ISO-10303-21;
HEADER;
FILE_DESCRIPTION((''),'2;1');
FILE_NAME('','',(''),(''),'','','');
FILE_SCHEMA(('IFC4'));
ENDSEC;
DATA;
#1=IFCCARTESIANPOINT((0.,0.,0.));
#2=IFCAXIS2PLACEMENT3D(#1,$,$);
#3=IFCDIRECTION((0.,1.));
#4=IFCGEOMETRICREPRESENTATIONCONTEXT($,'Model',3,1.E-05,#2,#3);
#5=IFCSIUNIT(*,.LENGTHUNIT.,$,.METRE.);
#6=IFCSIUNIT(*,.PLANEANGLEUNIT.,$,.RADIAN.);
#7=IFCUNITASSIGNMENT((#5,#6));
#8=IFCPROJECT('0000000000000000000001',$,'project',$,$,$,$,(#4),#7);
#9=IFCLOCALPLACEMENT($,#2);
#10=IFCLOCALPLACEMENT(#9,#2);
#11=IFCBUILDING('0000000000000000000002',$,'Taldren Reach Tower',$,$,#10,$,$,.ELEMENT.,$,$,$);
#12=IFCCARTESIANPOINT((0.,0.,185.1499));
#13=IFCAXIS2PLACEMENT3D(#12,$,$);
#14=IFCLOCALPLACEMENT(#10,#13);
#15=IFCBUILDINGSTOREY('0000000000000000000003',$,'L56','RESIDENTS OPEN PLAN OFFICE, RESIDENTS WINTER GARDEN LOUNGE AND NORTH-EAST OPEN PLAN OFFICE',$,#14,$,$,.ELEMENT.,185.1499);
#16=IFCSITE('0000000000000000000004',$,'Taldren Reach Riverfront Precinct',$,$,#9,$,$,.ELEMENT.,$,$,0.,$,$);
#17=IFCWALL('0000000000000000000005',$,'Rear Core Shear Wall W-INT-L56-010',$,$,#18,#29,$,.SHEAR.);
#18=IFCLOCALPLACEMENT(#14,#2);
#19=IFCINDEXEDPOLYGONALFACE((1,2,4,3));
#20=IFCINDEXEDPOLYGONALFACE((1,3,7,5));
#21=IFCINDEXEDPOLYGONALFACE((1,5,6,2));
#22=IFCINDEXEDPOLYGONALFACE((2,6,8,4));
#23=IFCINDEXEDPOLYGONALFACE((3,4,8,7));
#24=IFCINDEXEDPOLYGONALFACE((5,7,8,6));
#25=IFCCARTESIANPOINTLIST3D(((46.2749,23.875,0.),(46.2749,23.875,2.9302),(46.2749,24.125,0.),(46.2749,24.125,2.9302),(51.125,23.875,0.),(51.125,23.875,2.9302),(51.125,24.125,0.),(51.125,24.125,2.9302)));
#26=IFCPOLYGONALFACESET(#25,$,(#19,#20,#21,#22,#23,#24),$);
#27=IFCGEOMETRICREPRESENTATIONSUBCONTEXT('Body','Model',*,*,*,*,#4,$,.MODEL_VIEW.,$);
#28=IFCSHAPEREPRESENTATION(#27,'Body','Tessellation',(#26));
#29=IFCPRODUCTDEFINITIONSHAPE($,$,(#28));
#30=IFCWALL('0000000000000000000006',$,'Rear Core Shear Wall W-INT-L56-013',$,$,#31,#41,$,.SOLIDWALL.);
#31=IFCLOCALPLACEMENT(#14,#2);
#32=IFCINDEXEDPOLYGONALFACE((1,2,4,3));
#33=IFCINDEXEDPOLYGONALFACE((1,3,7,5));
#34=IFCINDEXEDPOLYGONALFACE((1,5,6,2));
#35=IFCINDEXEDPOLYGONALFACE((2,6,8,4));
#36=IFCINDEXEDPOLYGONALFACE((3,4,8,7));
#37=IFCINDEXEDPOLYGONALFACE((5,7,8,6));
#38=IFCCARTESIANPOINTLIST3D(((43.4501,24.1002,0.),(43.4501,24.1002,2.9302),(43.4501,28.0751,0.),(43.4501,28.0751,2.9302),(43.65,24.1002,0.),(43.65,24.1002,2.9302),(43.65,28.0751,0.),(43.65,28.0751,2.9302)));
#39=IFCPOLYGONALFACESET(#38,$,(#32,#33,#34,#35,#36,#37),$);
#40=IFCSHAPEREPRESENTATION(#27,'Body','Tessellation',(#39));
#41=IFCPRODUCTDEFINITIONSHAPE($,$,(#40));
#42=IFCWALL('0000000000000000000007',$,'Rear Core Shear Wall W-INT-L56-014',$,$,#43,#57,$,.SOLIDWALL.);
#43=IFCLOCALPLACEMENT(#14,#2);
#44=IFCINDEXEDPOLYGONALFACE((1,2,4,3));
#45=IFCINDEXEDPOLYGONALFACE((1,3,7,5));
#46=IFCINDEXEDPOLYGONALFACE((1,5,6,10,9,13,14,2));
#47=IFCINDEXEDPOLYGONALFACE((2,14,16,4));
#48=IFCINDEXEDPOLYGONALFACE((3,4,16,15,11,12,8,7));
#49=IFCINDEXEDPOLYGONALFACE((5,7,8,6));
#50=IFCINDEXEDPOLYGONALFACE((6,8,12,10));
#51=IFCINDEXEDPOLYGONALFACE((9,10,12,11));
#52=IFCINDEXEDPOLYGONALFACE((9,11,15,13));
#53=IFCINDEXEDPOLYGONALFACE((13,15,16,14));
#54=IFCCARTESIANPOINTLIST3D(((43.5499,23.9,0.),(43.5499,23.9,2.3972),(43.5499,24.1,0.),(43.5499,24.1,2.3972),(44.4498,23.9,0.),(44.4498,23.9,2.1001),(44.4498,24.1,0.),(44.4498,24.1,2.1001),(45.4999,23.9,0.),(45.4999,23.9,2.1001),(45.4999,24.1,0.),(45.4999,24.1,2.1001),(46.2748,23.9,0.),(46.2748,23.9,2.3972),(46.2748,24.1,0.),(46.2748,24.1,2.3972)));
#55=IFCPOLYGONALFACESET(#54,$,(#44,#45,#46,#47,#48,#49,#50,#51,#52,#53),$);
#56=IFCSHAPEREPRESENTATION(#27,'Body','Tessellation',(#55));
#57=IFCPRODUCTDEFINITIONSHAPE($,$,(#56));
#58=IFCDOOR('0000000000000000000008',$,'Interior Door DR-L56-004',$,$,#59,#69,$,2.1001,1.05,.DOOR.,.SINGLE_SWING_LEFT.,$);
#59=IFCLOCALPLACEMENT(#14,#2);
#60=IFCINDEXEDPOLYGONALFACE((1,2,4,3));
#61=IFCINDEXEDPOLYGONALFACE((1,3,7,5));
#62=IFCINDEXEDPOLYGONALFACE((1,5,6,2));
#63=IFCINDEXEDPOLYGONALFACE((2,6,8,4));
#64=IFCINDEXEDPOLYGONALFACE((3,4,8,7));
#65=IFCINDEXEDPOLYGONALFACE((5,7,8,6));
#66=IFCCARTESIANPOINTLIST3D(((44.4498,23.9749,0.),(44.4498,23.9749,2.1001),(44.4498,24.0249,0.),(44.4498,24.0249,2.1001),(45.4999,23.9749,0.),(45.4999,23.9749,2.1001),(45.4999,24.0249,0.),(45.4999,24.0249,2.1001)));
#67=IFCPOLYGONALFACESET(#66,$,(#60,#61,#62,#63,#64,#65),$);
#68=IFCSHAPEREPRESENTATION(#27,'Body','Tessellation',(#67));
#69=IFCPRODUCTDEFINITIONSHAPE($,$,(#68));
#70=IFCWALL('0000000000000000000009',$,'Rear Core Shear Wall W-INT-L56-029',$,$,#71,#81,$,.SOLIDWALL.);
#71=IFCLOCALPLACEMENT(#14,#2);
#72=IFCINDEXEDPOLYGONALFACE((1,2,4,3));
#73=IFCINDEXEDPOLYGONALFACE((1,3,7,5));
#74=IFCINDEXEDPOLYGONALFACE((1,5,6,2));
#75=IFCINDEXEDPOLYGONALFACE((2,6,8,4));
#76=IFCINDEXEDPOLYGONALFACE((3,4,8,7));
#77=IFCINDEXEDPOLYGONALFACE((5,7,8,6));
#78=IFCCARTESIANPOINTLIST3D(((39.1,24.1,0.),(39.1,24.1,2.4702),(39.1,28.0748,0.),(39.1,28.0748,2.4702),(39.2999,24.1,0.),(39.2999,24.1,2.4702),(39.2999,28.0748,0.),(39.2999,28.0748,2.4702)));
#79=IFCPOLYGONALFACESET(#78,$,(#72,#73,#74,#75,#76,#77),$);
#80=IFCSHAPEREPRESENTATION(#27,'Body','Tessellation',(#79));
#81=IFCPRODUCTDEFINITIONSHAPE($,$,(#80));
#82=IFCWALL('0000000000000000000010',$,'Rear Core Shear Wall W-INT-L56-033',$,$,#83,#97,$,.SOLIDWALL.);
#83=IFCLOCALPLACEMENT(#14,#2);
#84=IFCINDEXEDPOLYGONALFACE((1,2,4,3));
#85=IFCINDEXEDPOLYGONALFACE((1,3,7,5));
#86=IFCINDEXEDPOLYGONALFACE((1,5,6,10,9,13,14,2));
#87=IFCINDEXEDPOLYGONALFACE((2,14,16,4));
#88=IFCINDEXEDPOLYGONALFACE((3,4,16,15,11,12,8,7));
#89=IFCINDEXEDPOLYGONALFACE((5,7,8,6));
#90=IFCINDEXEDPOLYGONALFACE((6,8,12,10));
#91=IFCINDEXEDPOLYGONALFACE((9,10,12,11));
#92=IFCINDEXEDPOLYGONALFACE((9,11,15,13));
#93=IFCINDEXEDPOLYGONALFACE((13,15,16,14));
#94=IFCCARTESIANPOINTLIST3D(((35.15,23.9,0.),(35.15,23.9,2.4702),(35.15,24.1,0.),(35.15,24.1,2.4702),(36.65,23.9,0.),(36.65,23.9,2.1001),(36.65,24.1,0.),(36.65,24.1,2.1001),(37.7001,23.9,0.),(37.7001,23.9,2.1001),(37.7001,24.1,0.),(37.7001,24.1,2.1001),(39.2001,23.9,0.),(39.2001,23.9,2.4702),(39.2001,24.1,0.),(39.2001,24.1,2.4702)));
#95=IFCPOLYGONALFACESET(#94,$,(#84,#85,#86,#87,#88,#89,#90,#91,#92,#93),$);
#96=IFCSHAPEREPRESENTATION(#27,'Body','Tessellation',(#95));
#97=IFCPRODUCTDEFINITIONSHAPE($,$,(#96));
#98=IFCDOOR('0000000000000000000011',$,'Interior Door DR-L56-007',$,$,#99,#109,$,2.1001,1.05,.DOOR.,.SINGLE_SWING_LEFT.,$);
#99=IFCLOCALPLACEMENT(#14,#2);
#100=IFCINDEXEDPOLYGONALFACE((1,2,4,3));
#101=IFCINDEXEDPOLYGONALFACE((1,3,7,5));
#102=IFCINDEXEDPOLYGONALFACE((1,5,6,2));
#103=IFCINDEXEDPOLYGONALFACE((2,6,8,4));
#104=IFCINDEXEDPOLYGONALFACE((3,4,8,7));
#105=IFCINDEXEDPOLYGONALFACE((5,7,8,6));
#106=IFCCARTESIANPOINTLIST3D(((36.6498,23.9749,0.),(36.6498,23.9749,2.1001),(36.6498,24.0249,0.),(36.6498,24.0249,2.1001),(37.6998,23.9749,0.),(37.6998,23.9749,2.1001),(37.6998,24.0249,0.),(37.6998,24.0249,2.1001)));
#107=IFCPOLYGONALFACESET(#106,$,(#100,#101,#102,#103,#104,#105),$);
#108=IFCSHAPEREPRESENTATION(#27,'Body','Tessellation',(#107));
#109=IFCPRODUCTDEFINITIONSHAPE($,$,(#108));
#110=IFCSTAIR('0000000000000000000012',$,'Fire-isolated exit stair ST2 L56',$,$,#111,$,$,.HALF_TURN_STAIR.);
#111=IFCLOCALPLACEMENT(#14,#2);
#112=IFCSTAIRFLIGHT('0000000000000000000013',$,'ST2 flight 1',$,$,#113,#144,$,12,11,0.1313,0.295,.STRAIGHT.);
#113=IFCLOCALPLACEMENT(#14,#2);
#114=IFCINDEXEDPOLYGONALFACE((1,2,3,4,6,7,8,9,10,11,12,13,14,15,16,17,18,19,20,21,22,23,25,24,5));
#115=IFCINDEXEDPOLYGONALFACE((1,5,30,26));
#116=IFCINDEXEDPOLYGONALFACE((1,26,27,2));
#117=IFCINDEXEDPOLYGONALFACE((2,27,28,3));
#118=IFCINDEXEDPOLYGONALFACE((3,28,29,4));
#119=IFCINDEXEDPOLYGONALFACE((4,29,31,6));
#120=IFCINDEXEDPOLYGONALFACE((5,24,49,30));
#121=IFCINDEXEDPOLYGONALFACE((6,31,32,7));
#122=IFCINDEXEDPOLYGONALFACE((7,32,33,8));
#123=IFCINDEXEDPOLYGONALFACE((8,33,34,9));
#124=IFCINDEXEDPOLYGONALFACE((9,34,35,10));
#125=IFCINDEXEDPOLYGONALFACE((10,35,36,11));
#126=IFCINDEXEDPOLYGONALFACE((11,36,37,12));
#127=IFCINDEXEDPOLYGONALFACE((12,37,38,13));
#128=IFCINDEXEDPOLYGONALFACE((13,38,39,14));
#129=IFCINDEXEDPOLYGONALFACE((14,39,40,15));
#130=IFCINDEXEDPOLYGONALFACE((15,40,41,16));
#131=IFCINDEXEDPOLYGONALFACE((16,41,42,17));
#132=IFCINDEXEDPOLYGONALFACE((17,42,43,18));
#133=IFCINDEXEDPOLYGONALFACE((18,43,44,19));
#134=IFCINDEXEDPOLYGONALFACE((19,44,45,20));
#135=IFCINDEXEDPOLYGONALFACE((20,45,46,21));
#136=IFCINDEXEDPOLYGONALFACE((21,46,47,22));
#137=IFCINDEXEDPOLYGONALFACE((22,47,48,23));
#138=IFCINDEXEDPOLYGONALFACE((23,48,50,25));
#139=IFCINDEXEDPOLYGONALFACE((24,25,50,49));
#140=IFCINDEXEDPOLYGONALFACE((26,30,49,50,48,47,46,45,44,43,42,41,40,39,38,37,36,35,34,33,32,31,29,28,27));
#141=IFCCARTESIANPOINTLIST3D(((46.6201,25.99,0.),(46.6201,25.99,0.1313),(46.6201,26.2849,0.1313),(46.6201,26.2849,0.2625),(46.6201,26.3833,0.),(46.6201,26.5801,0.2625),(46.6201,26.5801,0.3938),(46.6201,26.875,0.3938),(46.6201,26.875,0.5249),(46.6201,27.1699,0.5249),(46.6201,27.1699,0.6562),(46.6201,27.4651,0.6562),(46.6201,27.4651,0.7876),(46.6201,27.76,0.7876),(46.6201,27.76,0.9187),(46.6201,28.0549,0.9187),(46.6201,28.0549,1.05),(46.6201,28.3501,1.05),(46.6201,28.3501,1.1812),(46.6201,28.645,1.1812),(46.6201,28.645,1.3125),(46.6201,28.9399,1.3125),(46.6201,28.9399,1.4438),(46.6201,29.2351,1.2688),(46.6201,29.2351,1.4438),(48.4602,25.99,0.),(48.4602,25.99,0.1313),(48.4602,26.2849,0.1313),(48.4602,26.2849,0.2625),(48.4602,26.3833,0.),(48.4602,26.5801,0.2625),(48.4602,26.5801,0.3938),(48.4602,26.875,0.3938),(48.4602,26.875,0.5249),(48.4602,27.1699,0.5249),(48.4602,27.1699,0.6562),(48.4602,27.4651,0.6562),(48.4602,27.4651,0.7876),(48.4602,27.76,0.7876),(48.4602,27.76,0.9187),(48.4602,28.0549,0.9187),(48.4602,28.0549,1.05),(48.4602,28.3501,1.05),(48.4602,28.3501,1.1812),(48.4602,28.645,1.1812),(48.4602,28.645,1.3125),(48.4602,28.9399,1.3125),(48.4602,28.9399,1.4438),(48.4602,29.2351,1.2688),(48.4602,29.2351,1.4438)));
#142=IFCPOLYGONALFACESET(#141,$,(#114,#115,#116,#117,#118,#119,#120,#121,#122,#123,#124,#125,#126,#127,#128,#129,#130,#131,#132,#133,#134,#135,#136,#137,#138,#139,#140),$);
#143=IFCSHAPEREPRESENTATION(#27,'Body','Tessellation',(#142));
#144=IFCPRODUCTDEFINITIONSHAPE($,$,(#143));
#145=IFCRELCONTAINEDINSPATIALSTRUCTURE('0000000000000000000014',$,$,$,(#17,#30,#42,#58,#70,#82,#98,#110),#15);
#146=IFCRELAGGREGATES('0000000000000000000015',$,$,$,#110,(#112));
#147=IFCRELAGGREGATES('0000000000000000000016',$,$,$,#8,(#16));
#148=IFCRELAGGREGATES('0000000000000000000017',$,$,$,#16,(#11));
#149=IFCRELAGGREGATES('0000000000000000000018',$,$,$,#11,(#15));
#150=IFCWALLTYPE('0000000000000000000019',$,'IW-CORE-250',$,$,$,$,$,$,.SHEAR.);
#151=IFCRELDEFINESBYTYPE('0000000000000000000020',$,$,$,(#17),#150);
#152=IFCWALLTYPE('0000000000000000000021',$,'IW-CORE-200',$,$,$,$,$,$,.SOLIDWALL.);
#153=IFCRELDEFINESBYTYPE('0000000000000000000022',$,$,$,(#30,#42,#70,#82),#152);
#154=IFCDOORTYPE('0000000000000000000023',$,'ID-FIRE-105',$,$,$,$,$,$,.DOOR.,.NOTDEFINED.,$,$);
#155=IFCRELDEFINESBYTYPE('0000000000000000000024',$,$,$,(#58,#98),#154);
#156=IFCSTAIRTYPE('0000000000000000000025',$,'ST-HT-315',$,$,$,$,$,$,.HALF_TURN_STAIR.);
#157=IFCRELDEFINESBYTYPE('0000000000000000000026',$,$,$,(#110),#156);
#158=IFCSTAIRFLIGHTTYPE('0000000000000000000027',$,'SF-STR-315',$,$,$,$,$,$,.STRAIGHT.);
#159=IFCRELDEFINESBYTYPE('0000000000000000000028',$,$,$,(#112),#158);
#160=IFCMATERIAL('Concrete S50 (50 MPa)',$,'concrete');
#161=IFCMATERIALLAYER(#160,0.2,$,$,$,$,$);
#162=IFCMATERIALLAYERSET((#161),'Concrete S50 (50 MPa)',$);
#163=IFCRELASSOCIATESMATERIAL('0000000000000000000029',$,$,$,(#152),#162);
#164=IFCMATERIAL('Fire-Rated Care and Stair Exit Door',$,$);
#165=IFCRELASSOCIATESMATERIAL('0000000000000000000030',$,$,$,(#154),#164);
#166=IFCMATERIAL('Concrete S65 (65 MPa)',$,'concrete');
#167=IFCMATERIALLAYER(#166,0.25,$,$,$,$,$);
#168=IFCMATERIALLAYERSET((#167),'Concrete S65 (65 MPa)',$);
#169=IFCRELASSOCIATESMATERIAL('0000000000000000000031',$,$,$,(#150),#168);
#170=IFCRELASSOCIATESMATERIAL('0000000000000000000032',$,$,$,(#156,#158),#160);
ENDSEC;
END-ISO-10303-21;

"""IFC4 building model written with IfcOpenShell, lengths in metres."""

from ifc_helpers import new_model, si_unit, direction, frame, frame_2d, origin, place, context, subcontext, project, spatial, polyline, rectangle, outline, extrude, source, transform, mapped, material, layer, layer_set, type_object, element, fill, aggregate, save


model = new_model("IFC4")

# Units and contexts
model_context = context("Model", 3, precision=1e-05, world=origin(), true_north=direction((0.0, 1.0)))
body_context = subcontext(model_context, "Body", "Model", "MODEL_VIEW")
ifc_project = project(units=[si_unit("LENGTHUNIT", "METRE"), si_unit("PLANEANGLEUNIT", "RADIAN")], contexts=[model_context])

# Site, building, storey
site_placement = place(None, origin())
site = spatial("IfcSite", under=ifc_project, at=site_placement, Name="Taldren Reach Riverfront Precinct", CompositionType="ELEMENT", RefElevation=0.0)
building_placement = place(site_placement, origin())
building = spatial("IfcBuilding", under=site, at=building_placement, Name="Taldren Reach Tower", CompositionType="ELEMENT")
storey_placement = place(building_placement, frame((0.0, 0.0, 185.1499)))
storey = spatial("IfcBuildingStorey", under=building, at=storey_placement, Name="L56", Description="RESIDENTS OPEN PLAN OFFICE, RESIDENTS WINTER GARDEN LOUNGE AND NORTH-EAST OPEN PLAN OFFICE", CompositionType="ELEMENT", Elevation=185.1499)

# Shared definitions
ifc_material_1 = material(Name="Concrete S50 (50 MPa)", Category="concrete")
ifc_layer_1 = layer(ifc_material_1, 0.2)
ifc_layer_set_1 = layer_set([ifc_layer_1], Name="Concrete S50 (50 MPa)")
wall_type_1 = type_object("IfcWallType", Name="IW-CORE-200", PredefinedType="SOLIDWALL", material=ifc_layer_set_1)
shared_shape_1 = source(origin(), body_context, "Body", "SweptSolid", [
    extrude(rectangle(XDim=1.05, YDim=2.1001, at=frame_2d((0.5249, 1.05))), frame((0.0, 0.1099, 0.0), z_axis=(0.0, -1.0, 0.0), x_axis=(1.0, 0.0, 0.0)), (0.0, 0.0, 1.0), 0.22),
])
ifc_material_2 = material(Name="Fire-Rated Care and Stair Exit Door")
door_type_1 = type_object("IfcDoorType", Name="ID-FIRE-105", OperationType="NOTDEFINED", PredefinedType="DOOR", material=ifc_material_2)
shared_shape_2 = source(origin(), body_context, "Body", "SweptSolid", [
    extrude(rectangle(XDim=1.05, YDim=2.1001, at=frame_2d((0.5249, 1.05))), frame((0.0, 0.0249, 0.0), z_axis=(0.0, -1.0, 0.0), x_axis=(1.0, 0.0, 0.0)), (0.0, 0.0, 1.0), 0.05),
])
ifc_material_3 = material(Name="Concrete S65 (65 MPa)", Category="concrete")
ifc_layer_2 = layer(ifc_material_3, 0.25)
ifc_layer_set_2 = layer_set([ifc_layer_2], Name="Concrete S65 (65 MPa)")
wall_type_2 = type_object("IfcWallType", Name="IW-CORE-250", PredefinedType="SHEAR", material=ifc_layer_set_2)

# Wall
shared_shape_3 = source(origin(), body_context, "Body", "SweptSolid", [
    extrude(rectangle(XDim=4.8501, YDim=0.25, at=frame_2d((2.425, 0.0))), origin(), (0.0, 0.0, 1.0), 2.9302),
])
wall_1_placement = place(storey_placement, frame((46.2749, 24.0, 0.0), z_axis=(0.0, 0.0, 1.0), x_axis=(1.0, 0.0, 0.0)))
element("IfcWall", 1, at=wall_1_placement, inside=storey, type_object=wall_type_2, Name="Rear Core Shear Wall W-INT-L56-010", PredefinedType="SHEAR", context=body_context, shape_type="MappedRepresentation", body=[
    mapped(shared_shape_3, transform((0.0, 0.0, 0.0), scale=1.0)),
])

# Wall
shared_shape_4 = source(origin(), body_context, "Body", "SweptSolid", [
    extrude(rectangle(XDim=3.9749, YDim=0.2, at=frame_2d((1.9873, 0.0))), origin(), (0.0, 0.0, 1.0), 2.9302),
])
wall_2_placement = place(storey_placement, frame((43.55, 28.075, 0.0), z_axis=(0.0, 0.0, 1.0), x_axis=(0.0, -1.0, 0.0)))
element("IfcWall", 2, at=wall_2_placement, inside=storey, type_object=wall_type_1, Name="Rear Core Shear Wall W-INT-L56-013", PredefinedType="SOLIDWALL", context=body_context, shape_type="MappedRepresentation", body=[
    mapped(shared_shape_4, transform((0.0, 0.0, 0.0), scale=1.0)),
])

# Wall, opening, door
shared_shape_5 = source(origin(), body_context, "Body", "SweptSolid", [
    extrude(rectangle(XDim=2.7249, YDim=0.2, at=frame_2d((1.3623, 0.0))), origin(), (0.0, 0.0, 1.0), 2.3972),
])
wall_3_placement = place(storey_placement, frame((43.55, 24.0, 0.0), z_axis=(0.0, 0.0, 1.0), x_axis=(1.0, 0.0, 0.0)))
wall_3 = element("IfcWall", 3, at=wall_3_placement, inside=storey, type_object=wall_type_1, Name="Rear Core Shear Wall W-INT-L56-014", PredefinedType="SOLIDWALL", context=body_context, shape_type="MappedRepresentation", body=[
    mapped(shared_shape_5, transform((0.0, 0.0, 0.0), scale=1.0)),
])
opening_1_placement = place(wall_3_placement, frame((0.8999, 0.0, 0.0)))
opening_1 = element("IfcOpeningElement", 4, at=opening_1_placement, cuts=wall_3, PredefinedType="OPENING", context=body_context, shape_type="MappedRepresentation", body=[
    mapped(shared_shape_1, transform((0.0, 0.0, 0.0), scale=1.0)),
])
door_1_placement = place(opening_1_placement, origin())
door_1 = element("IfcDoor", 5, at=door_1_placement, inside=storey, type_object=door_type_1, Name="Interior Door DR-L56-004", OperationType="SINGLE_SWING_LEFT", OverallHeight=2.1001, OverallWidth=1.05, PredefinedType="DOOR", context=body_context, shape_type="MappedRepresentation", body=[
    mapped(shared_shape_2, transform((0.0, 0.0, 0.0), scale=1.0)),
])
fill(opening_1, door_1)

# Wall
shared_shape_6 = source(origin(), body_context, "Body", "SweptSolid", [
    extrude(rectangle(XDim=3.9749, YDim=0.2, at=frame_2d((1.9873, 0.0))), origin(), (0.0, 0.0, 1.0), 2.4702),
])
wall_4_placement = place(storey_placement, frame((39.2, 24.1001, 0.0), z_axis=(0.0, 0.0, 1.0), x_axis=(0.0, 1.0, 0.0)))
element("IfcWall", 6, at=wall_4_placement, inside=storey, type_object=wall_type_1, Name="Rear Core Shear Wall W-INT-L56-029", PredefinedType="SOLIDWALL", context=body_context, shape_type="MappedRepresentation", body=[
    mapped(shared_shape_6, transform((0.0, 0.0, 0.0), scale=1.0)),
])

# Wall, opening, door
shared_shape_7 = source(origin(), body_context, "Body", "SweptSolid", [
    extrude(rectangle(XDim=4.05, YDim=0.2, at=frame_2d((2.0249, 0.0))), origin(), (0.0, 0.0, 1.0), 2.4702),
])
wall_5_placement = place(storey_placement, frame((39.2, 24.0, 0.0), z_axis=(0.0, 0.0, 1.0), x_axis=(-1.0, 0.0, 0.0)))
wall_5 = element("IfcWall", 7, at=wall_5_placement, inside=storey, type_object=wall_type_1, Name="Rear Core Shear Wall W-INT-L56-033", PredefinedType="SOLIDWALL", context=body_context, shape_type="MappedRepresentation", body=[
    mapped(shared_shape_7, transform((0.0, 0.0, 0.0), scale=1.0)),
])
opening_2_placement = place(wall_5_placement, frame((1.5, 0.0, 0.0)))
opening_2 = element("IfcOpeningElement", 8, at=opening_2_placement, cuts=wall_5, PredefinedType="OPENING", context=body_context, shape_type="MappedRepresentation", body=[
    mapped(shared_shape_1, transform((0.0, 0.0, 0.0), scale=1.0)),
])
door_2_placement = place(opening_2_placement, frame((1.05, 0.0, 0.0), z_axis=(0.0, 0.0, 1.0), x_axis=(-1.0, 0.0, 0.0)))
door_2 = element("IfcDoor", 9, at=door_2_placement, inside=storey, type_object=door_type_1, Name="Interior Door DR-L56-007", OperationType="SINGLE_SWING_LEFT", OverallHeight=2.1001, OverallWidth=1.05, PredefinedType="DOOR", context=body_context, shape_type="MappedRepresentation", body=[
    mapped(shared_shape_2, transform((0.0, 0.0, 0.0), scale=1.0)),
])
fill(opening_2, door_2)

# Stair, stair flight
stair_type = type_object("IfcStairType", Name="ST-HT-315", PredefinedType="HALF_TURN_STAIR", material=ifc_material_1)
stair_placement = place(storey_placement, origin())
stair = element("IfcStair", 10, at=stair_placement, inside=storey, type_object=stair_type, Name="Fire-isolated exit stair ST2 L56", PredefinedType="HALF_TURN_STAIR")
stair_flight_type = type_object("IfcStairFlightType", Name="SF-STR-315", PredefinedType="STRAIGHT", material=ifc_material_1)
stair_flight_placement = place(storey_placement, frame((47.54, 25.99, 0.0), z_axis=(0.0, 0.0, 1.0), x_axis=(0.0, 1.0, 0.0)))
stair_flight = element("IfcStairFlight", 11, at=stair_flight_placement, type_object=stair_flight_type, Name="ST2 flight 1", NumberOfRisers=12, NumberOfTreads=11, PredefinedType="STRAIGHT", RiserHeight=0.1313, TreadLength=0.295, context=body_context, shape_type="SweptSolid", body=[
    extrude(outline(polyline([(0.0, 0.0), (0.0, 0.1313), (0.2949, 0.1313), (0.2949, 0.2625), (0.5901, 0.2625), (0.5901, 0.3938), (0.885, 0.3938), (0.885, 0.5249), (1.1799, 0.5249), (1.1799, 0.6562), (1.4751, 0.6562), (1.4751, 0.7876), (1.77, 0.7876), (1.77, 0.9187), (2.0649, 0.9187), (2.0649, 1.05), (2.3601, 1.05), (2.3601, 1.1812), (2.655, 1.1812), (2.655, 1.3125), (2.95, 1.3125), (2.95, 1.4438), (3.2451, 1.4438), (3.2451, 1.575), (3.2451, 1.2688), (0.3933, 0.0), (0.0, 0.0)])), frame((0.0, 0.9199, 0.0), z_axis=(0.0, -1.0, 0.0), x_axis=(1.0, 0.0, 0.0)), (0.0, 0.0, 1.0), 1.8401),
])
aggregate(stair, [stair_flight])

save(model, "model.ifc")
